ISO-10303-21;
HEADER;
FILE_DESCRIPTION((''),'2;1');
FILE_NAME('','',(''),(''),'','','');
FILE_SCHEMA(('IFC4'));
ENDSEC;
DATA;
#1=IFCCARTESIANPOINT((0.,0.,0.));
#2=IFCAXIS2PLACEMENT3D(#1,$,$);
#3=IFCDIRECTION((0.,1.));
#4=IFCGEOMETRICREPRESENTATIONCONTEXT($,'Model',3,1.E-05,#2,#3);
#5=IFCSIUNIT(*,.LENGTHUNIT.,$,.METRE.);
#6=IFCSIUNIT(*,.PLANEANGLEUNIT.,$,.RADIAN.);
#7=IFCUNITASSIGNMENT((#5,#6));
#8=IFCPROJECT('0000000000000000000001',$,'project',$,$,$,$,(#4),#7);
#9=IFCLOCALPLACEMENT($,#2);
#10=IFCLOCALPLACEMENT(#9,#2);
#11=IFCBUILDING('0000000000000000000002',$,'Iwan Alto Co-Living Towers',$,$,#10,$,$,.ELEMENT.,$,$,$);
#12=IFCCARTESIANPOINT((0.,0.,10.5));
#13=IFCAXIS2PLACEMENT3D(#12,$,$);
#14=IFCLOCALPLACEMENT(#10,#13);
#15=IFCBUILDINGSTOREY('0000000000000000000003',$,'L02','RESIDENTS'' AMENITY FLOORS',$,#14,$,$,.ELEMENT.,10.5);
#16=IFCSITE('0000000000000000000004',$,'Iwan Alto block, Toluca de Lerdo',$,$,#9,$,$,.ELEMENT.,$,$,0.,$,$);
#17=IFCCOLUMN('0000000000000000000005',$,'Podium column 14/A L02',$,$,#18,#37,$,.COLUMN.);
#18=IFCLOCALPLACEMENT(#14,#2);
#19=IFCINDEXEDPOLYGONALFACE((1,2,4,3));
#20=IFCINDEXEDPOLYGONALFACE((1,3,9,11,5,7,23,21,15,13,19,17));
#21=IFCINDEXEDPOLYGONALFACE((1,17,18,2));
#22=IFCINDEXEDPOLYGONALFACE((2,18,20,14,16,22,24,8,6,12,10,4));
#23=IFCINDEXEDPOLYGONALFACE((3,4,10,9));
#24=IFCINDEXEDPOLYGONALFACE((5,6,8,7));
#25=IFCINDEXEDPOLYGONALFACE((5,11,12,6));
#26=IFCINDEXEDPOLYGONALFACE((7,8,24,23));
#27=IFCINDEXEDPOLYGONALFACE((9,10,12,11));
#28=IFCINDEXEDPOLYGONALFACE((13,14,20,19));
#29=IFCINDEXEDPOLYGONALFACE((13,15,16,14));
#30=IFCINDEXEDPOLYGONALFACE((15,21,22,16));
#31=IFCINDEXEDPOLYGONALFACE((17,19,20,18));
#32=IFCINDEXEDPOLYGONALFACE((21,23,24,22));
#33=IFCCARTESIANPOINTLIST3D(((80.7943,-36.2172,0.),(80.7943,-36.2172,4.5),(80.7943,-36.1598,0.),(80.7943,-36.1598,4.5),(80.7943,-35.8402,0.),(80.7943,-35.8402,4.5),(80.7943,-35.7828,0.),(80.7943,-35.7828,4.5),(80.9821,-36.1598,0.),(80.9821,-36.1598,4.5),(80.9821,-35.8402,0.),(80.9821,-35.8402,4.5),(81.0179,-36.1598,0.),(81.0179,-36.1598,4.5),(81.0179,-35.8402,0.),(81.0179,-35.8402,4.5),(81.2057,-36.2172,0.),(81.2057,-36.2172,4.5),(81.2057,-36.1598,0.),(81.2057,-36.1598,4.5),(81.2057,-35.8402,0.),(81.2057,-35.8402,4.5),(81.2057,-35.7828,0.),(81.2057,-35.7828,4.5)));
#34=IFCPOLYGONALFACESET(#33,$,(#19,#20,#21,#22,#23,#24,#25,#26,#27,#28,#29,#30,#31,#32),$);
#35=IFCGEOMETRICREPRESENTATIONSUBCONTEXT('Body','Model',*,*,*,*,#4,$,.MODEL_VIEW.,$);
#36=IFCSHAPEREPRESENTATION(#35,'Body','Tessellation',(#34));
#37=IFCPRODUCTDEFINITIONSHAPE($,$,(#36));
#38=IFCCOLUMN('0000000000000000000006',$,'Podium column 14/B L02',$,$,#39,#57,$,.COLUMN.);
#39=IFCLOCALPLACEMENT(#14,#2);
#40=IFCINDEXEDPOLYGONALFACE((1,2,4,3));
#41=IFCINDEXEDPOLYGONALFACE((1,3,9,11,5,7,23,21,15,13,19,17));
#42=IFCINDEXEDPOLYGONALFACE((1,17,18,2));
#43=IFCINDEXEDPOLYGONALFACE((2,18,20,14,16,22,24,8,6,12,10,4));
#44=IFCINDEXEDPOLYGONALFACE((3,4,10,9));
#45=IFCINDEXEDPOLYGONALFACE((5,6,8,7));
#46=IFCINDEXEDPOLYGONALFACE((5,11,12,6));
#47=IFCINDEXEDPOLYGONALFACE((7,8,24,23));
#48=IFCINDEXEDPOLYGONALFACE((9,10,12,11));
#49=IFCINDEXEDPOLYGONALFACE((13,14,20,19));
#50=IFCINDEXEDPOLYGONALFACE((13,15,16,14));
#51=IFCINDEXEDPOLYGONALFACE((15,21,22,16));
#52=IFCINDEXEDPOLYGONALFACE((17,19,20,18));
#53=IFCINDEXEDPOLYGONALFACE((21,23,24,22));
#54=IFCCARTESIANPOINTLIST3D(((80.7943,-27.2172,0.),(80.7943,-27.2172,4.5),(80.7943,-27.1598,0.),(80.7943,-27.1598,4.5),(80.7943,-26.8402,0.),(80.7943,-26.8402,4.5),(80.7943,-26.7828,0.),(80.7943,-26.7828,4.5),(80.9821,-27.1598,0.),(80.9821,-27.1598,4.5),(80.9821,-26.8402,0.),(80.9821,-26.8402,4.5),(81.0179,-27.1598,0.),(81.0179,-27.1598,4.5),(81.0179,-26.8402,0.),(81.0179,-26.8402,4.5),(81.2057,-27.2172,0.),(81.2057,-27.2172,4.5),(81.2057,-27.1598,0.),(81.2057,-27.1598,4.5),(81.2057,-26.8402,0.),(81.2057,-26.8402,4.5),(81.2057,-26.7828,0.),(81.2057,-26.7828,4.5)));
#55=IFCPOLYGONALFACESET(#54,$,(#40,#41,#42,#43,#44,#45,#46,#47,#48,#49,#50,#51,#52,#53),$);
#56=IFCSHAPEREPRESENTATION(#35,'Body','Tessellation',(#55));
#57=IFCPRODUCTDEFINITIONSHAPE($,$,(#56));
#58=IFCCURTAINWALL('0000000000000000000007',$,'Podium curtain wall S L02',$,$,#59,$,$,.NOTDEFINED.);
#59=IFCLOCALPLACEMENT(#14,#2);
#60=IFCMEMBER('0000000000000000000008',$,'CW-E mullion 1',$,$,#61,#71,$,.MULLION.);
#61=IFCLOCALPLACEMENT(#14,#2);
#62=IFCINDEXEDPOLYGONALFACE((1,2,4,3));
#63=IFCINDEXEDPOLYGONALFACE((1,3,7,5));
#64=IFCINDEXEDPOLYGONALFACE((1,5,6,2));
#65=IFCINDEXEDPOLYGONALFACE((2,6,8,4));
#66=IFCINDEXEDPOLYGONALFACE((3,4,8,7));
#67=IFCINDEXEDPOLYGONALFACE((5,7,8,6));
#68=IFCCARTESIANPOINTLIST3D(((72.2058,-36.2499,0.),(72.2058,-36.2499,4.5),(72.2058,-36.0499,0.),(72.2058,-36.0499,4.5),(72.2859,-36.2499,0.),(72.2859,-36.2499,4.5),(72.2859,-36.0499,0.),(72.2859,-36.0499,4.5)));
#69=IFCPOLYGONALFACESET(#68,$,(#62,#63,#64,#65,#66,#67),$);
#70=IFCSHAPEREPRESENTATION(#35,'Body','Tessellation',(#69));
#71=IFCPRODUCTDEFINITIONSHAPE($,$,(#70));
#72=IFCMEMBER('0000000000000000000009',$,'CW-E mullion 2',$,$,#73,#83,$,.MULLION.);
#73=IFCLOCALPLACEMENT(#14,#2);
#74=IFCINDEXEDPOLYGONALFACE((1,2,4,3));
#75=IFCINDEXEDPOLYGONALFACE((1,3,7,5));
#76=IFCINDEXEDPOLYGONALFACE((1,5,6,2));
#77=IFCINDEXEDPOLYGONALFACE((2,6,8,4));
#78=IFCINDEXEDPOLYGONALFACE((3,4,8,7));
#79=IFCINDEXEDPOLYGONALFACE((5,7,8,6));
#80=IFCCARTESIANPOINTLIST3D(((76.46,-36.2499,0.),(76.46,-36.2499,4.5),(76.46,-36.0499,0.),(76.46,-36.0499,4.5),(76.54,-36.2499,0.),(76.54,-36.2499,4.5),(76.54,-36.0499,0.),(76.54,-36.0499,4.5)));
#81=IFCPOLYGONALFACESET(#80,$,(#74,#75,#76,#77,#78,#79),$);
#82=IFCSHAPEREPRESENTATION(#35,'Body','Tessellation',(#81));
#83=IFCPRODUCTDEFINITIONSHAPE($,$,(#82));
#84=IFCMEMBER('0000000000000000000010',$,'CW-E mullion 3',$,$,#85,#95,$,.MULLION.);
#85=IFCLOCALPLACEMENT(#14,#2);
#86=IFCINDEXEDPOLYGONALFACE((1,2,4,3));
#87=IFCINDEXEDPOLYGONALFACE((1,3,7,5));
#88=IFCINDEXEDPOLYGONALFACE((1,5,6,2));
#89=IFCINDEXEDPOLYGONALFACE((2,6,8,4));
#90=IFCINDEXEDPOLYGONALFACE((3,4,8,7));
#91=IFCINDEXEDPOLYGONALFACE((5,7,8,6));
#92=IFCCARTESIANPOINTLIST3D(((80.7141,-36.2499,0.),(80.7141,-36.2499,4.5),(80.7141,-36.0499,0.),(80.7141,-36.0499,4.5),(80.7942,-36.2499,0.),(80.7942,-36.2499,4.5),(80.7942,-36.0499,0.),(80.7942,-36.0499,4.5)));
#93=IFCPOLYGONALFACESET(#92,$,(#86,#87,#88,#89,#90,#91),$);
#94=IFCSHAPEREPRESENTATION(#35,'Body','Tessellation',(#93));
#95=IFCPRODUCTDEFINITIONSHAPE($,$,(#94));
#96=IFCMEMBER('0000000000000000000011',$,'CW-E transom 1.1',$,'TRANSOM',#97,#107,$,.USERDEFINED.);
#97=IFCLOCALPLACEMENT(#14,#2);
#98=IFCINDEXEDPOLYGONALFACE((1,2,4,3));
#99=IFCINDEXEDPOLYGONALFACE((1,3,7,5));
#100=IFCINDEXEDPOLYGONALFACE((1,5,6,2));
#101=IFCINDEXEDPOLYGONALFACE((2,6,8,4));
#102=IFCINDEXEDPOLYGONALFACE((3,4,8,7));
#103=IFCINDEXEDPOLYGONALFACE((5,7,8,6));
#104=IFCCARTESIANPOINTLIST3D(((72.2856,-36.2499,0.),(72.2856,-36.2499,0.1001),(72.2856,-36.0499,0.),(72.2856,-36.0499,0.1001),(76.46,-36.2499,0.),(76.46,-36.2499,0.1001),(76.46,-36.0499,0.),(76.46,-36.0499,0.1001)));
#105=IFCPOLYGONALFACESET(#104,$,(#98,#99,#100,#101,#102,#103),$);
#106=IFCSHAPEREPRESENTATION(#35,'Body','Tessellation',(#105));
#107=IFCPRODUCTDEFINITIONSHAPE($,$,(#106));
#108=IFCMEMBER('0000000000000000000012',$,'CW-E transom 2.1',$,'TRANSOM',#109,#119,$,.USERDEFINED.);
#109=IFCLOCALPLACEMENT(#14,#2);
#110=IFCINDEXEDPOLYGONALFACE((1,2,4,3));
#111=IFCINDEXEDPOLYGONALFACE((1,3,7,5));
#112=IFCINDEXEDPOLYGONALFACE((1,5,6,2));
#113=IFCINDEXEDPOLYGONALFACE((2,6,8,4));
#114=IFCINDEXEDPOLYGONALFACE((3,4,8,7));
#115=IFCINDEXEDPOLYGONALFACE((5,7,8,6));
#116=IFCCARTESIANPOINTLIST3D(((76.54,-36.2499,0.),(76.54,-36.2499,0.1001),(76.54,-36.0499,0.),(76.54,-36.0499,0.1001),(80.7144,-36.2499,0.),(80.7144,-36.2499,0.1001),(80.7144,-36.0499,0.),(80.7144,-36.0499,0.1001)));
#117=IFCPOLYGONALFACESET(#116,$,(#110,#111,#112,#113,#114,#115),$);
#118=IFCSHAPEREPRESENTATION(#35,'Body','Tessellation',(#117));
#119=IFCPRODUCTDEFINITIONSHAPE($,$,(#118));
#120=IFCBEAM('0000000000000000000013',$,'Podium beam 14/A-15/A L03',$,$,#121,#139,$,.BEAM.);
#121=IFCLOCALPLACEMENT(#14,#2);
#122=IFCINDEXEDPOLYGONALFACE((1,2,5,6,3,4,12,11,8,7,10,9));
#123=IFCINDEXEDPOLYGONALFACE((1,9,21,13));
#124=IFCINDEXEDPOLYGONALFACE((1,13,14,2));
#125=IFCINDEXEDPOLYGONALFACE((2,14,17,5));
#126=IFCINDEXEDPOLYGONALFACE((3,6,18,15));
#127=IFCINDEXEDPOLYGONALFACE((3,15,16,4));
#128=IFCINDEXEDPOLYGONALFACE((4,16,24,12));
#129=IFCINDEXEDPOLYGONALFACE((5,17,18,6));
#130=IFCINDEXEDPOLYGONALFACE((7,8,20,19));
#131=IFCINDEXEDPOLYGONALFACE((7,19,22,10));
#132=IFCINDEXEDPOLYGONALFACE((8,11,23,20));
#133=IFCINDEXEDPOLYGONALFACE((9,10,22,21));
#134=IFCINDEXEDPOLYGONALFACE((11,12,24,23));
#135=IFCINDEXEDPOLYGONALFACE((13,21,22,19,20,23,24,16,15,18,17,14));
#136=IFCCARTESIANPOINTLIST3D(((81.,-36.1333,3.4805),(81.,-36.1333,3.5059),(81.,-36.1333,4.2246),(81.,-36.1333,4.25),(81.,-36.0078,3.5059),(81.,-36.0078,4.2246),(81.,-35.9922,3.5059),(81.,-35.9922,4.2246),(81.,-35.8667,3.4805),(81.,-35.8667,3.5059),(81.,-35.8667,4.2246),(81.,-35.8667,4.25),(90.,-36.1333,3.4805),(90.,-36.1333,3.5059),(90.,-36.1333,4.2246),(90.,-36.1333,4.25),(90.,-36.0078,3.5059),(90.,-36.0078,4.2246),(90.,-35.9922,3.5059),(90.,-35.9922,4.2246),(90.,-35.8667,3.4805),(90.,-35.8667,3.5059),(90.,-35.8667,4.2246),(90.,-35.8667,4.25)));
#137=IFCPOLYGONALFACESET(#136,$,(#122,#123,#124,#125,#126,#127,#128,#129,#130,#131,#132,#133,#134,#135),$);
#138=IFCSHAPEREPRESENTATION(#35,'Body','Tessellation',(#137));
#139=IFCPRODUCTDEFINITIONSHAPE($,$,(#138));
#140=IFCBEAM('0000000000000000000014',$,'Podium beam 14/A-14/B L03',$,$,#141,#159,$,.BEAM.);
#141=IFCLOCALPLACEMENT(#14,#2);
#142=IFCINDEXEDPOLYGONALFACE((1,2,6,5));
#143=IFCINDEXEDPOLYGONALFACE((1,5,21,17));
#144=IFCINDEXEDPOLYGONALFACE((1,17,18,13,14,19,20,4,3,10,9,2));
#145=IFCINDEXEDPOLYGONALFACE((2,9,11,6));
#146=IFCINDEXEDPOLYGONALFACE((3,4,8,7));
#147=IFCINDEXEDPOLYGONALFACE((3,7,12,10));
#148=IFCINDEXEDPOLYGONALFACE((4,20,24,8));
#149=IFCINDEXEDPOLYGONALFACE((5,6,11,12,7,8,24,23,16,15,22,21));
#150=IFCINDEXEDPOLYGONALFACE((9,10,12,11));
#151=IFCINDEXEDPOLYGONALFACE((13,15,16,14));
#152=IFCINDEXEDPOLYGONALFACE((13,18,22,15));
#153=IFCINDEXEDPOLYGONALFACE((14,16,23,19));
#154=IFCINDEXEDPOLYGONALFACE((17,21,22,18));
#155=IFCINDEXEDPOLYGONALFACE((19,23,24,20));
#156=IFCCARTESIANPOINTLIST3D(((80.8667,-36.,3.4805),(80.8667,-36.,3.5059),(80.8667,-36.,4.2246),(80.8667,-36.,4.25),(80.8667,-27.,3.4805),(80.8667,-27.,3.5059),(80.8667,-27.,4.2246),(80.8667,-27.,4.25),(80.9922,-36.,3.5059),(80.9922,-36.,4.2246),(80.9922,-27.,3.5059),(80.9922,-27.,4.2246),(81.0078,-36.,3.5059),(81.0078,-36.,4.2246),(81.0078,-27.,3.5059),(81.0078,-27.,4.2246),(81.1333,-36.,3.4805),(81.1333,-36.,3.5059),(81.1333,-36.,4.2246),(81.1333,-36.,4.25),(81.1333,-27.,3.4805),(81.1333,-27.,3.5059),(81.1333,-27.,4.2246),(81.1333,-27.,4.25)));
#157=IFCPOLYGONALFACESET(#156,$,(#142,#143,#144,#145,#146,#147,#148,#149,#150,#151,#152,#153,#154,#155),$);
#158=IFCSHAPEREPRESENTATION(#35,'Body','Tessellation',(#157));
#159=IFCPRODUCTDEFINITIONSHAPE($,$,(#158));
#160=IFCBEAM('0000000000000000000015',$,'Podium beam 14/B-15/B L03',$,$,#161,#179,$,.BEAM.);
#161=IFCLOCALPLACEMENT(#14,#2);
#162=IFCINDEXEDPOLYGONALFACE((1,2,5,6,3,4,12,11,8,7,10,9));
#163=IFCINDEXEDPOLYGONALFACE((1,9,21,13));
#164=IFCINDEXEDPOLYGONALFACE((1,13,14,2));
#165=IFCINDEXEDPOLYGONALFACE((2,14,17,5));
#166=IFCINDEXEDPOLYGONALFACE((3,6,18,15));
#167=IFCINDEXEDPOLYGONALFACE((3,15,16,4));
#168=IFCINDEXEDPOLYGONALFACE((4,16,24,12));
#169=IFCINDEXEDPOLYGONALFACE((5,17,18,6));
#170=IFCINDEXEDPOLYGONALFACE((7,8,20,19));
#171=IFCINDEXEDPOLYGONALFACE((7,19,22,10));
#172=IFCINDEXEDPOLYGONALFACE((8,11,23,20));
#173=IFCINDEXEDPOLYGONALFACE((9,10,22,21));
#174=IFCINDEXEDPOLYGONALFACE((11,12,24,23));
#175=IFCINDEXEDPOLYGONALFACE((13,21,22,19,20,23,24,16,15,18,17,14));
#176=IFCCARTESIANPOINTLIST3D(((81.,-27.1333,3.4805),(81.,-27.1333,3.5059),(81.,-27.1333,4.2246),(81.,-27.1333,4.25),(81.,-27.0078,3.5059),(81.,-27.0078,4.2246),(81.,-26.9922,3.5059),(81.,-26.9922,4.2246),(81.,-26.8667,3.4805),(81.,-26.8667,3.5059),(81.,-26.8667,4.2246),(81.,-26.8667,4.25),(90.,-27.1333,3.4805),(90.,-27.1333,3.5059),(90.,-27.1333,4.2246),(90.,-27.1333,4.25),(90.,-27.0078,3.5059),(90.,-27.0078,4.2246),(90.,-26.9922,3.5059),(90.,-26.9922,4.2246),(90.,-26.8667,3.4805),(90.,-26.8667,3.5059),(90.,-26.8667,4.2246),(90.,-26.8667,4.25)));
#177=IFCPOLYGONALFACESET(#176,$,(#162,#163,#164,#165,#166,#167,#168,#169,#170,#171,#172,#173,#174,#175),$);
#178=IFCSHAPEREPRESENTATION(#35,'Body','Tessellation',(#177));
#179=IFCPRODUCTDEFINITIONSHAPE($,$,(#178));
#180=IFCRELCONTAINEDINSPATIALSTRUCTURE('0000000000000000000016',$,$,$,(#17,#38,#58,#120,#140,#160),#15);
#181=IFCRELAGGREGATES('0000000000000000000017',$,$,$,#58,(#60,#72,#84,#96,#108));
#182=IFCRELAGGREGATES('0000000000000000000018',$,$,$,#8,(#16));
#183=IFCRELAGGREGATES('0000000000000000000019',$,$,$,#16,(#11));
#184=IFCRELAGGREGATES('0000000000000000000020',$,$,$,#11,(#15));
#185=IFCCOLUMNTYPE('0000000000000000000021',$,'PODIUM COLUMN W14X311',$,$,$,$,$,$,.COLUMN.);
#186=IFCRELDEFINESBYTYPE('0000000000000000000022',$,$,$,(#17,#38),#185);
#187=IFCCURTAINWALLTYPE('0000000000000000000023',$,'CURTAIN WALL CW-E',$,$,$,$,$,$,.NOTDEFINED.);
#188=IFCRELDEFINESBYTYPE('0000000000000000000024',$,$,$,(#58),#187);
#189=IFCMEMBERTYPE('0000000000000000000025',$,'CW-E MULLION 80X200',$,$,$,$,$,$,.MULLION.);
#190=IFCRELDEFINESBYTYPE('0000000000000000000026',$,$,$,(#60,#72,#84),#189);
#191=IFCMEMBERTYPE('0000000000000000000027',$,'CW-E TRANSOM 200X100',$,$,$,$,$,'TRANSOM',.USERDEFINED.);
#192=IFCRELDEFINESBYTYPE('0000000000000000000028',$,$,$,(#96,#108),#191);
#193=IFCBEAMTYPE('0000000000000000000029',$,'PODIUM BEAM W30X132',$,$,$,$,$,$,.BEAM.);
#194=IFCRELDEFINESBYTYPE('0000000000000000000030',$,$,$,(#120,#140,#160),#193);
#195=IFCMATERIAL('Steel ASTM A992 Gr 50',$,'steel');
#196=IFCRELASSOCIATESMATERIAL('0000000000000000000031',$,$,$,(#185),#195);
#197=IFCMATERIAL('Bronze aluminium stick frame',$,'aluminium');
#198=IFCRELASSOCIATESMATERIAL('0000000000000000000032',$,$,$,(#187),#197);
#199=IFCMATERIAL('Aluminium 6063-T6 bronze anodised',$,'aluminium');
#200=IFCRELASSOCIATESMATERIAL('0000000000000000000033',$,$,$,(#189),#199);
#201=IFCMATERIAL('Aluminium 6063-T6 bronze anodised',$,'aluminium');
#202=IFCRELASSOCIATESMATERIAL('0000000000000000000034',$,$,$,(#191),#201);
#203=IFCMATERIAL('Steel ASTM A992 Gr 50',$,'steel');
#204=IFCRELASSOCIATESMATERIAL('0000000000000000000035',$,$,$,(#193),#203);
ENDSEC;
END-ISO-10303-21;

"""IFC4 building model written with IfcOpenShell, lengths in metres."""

from ifc_helpers import new_model, si_unit, direction, frame, origin, origin_2d, place, context, subcontext, project, spatial, rectangle, i_section, extrude, material, material_profile, profile_set, type_object, element, aggregate, save


model = new_model("IFC4")

# Units and contexts
model_context = context("Model", 3, precision=1e-05, world=origin(), true_north=direction((0.0, 1.0)))
body_context = subcontext(model_context, "Body", "Model", "MODEL_VIEW")
ifc_project = project(units=[si_unit("LENGTHUNIT", "METRE"), si_unit("PLANEANGLEUNIT", "RADIAN")], contexts=[model_context])

# Site, building, storey
site_placement = place(None, origin())
site = spatial("IfcSite", under=ifc_project, at=site_placement, Name="Iwan Alto block, Toluca de Lerdo", CompositionType="ELEMENT", RefElevation=0.0)
building_placement = place(site_placement, origin())
building = spatial("IfcBuilding", under=site, at=building_placement, Name="Iwan Alto Co-Living Towers", CompositionType="ELEMENT")
storey_placement = place(building_placement, frame((0.0, 0.0, 10.5)))
storey = spatial("IfcBuildingStorey", under=building, at=storey_placement, Name="L02", Description="RESIDENTS' AMENITY FLOORS", CompositionType="ELEMENT", Elevation=10.5)

# Columns
ifc_material_1 = material(Name="Steel ASTM A992 Gr 50", Category="steel")
ifc_material_profile_1 = material_profile(ifc_material_1, i_section(OverallWidth=0.4114, OverallDepth=0.4343, WebThickness=0.0359, FlangeThickness=0.0574, at=origin_2d()), Name="W14X311")
ifc_profile_set_1 = profile_set([ifc_material_profile_1], Name="Steel ASTM A992 Gr 50")
column_type = type_object("IfcColumnType", Name="PODIUM COLUMN W14X311", PredefinedType="COLUMN", material=ifc_profile_set_1)
for number, where, z_axis, x_axis, name in (
    (1, (81.0, -36.0, 0.0), (0.0, 0.0, 1.0), (1.0, 0.0, 0.0), "Podium column 14/A L02"),
    (2, (81.0, -27.0, 0.0), (0.0, 0.0, 1.0), (1.0, 0.0, 0.0), "Podium column 14/B L02"),
):
    element("IfcColumn", number, at=place(storey_placement, frame(where, z_axis=z_axis, x_axis=x_axis)), inside=storey, type_object=column_type, Name=name, PredefinedType="COLUMN", context=body_context, shape_type="SweptSolid", body=[
        extrude(i_section(OverallWidth=0.4114, OverallDepth=0.4343, WebThickness=0.0359, FlangeThickness=0.0574, at=origin_2d()), origin(), (0.0, 0.0, 1.0), 4.5),
    ])

# Curtain wall, members
ifc_material_2 = material(Name="Bronze aluminium stick frame", Category="aluminium")
curtain_wall_type = type_object("IfcCurtainWallType", Name="CURTAIN WALL CW-E", PredefinedType="NOTDEFINED", material=ifc_material_2)
curtain_wall_placement = place(storey_placement, origin())
curtain_wall = element("IfcCurtainWall", 3, at=curtain_wall_placement, inside=storey, type_object=curtain_wall_type, Name="Podium curtain wall S L02", PredefinedType="NOTDEFINED")
ifc_material_3 = material(Name="Aluminium 6063-T6 bronze anodised", Category="aluminium")
ifc_material_profile_2 = material_profile(ifc_material_3, rectangle(XDim=0.2, YDim=0.0801, at=origin_2d()), Name="AL 80X200")
ifc_profile_set_2 = profile_set([ifc_material_profile_2], Name="Aluminium 6063-T6 bronze anodised")
member_type_1 = type_object("IfcMemberType", Name="CW-E MULLION 80X200", PredefinedType="MULLION", material=ifc_profile_set_2)
member_1_placement = place(storey_placement, frame((72.2458, -36.1499, 0.0), z_axis=(0.0, 0.0, 1.0), x_axis=(0.0, 1.0, 0.0)))
member_1 = element("IfcMember", 4, at=member_1_placement, type_object=member_type_1, Name="CW-E mullion 1", PredefinedType="MULLION", context=body_context, shape_type="SweptSolid", body=[
    extrude(rectangle(XDim=0.2, YDim=0.0801, at=origin_2d()), origin(), (0.0, 0.0, 1.0), 4.5),
])
member_2_placement = place(storey_placement, frame((76.5, -36.1499, 0.0), z_axis=(0.0, 0.0, 1.0), x_axis=(0.0, 1.0, 0.0)))
member_2 = element("IfcMember", 5, at=member_2_placement, type_object=member_type_1, Name="CW-E mullion 2", PredefinedType="MULLION", context=body_context, shape_type="SweptSolid", body=[
    extrude(rectangle(XDim=0.2, YDim=0.0801, at=origin_2d()), origin(), (0.0, 0.0, 1.0), 4.5),
])
member_3_placement = place(storey_placement, frame((80.7542, -36.1499, 0.0), z_axis=(0.0, 0.0, 1.0), x_axis=(0.0, 1.0, 0.0)))
member_3 = element("IfcMember", 6, at=member_3_placement, type_object=member_type_1, Name="CW-E mullion 3", PredefinedType="MULLION", context=body_context, shape_type="SweptSolid", body=[
    extrude(rectangle(XDim=0.2, YDim=0.0801, at=origin_2d()), origin(), (0.0, 0.0, 1.0), 4.5),
])
ifc_material_4 = material(Name="Aluminium 6063-T6 bronze anodised", Category="aluminium")
ifc_material_profile_3 = material_profile(ifc_material_4, rectangle(XDim=0.2, YDim=0.1001, at=origin_2d()), Name="AL 200X100")
ifc_profile_set_3 = profile_set([ifc_material_profile_3], Name="Aluminium 6063-T6 bronze anodised")
member_type_2 = type_object("IfcMemberType", Name="CW-E TRANSOM 200X100", ElementType="TRANSOM", PredefinedType="USERDEFINED", material=ifc_profile_set_3)
member_4_placement = place(storey_placement, frame((72.2856, -36.1499, 0.05), z_axis=(1.0, 0.0, 0.0), x_axis=(0.0, 1.0, 0.0)))
member_4 = element("IfcMember", 7, at=member_4_placement, type_object=member_type_2, Name="CW-E transom 1.1", ObjectType="TRANSOM", PredefinedType="USERDEFINED", context=body_context, shape_type="SweptSolid", body=[
    extrude(rectangle(XDim=0.2, YDim=0.1001, at=origin_2d()), origin(), (0.0, 0.0, 1.0), 4.1743),
])
member_5_placement = place(storey_placement, frame((76.54, -36.1499, 0.05), z_axis=(1.0, 0.0, 0.0), x_axis=(0.0, 1.0, 0.0)))
member_5 = element("IfcMember", 8, at=member_5_placement, type_object=member_type_2, Name="CW-E transom 2.1", ObjectType="TRANSOM", PredefinedType="USERDEFINED", context=body_context, shape_type="SweptSolid", body=[
    extrude(rectangle(XDim=0.2, YDim=0.1001, at=origin_2d()), origin(), (0.0, 0.0, 1.0), 4.1743),
])

# Beams
ifc_material_5 = material(Name="Steel ASTM A992 Gr 50", Category="steel")
ifc_material_profile_4 = material_profile(ifc_material_5, i_section(OverallWidth=0.2666, OverallDepth=0.7695, WebThickness=0.0156, FlangeThickness=0.0254, at=origin_2d()), Name="W30X132")
ifc_profile_set_4 = profile_set([ifc_material_profile_4], Name="Steel ASTM A992 Gr 50")
beam_type_1 = type_object("IfcBeamType", Name="PODIUM BEAM W30X132", PredefinedType="BEAM", material=ifc_profile_set_4)
for number, where, z_axis, x_axis, name in (
    (9, (81.0, -36.0, 3.8652), (1.0, 0.0, 0.0), (0.0, 1.0, 0.0), "Podium beam 14/A-15/A L03"),
    (10, (81.0, -36.0, 3.8652), (0.0, 1.0, 0.0), (-1.0, 0.0, 0.0), "Podium beam 14/A-14/B L03"),
    (11, (81.0, -27.0, 3.8652), (1.0, 0.0, 0.0), (0.0, 1.0, 0.0), "Podium beam 14/B-15/B L03"),
):
    element("IfcBeam", number, at=place(storey_placement, frame(where, z_axis=z_axis, x_axis=x_axis)), inside=storey, type_object=beam_type_1, Name=name, PredefinedType="BEAM", context=body_context, shape_type="SweptSolid", body=[
        extrude(i_section(OverallWidth=0.2666, OverallDepth=0.7695, WebThickness=0.0156, FlangeThickness=0.0254, at=origin_2d()), origin(), (0.0, 0.0, 1.0), 9.0),
    ])

aggregate(curtain_wall, [member_1, member_2, member_3, member_4, member_5])

save(model, "model.ifc")
